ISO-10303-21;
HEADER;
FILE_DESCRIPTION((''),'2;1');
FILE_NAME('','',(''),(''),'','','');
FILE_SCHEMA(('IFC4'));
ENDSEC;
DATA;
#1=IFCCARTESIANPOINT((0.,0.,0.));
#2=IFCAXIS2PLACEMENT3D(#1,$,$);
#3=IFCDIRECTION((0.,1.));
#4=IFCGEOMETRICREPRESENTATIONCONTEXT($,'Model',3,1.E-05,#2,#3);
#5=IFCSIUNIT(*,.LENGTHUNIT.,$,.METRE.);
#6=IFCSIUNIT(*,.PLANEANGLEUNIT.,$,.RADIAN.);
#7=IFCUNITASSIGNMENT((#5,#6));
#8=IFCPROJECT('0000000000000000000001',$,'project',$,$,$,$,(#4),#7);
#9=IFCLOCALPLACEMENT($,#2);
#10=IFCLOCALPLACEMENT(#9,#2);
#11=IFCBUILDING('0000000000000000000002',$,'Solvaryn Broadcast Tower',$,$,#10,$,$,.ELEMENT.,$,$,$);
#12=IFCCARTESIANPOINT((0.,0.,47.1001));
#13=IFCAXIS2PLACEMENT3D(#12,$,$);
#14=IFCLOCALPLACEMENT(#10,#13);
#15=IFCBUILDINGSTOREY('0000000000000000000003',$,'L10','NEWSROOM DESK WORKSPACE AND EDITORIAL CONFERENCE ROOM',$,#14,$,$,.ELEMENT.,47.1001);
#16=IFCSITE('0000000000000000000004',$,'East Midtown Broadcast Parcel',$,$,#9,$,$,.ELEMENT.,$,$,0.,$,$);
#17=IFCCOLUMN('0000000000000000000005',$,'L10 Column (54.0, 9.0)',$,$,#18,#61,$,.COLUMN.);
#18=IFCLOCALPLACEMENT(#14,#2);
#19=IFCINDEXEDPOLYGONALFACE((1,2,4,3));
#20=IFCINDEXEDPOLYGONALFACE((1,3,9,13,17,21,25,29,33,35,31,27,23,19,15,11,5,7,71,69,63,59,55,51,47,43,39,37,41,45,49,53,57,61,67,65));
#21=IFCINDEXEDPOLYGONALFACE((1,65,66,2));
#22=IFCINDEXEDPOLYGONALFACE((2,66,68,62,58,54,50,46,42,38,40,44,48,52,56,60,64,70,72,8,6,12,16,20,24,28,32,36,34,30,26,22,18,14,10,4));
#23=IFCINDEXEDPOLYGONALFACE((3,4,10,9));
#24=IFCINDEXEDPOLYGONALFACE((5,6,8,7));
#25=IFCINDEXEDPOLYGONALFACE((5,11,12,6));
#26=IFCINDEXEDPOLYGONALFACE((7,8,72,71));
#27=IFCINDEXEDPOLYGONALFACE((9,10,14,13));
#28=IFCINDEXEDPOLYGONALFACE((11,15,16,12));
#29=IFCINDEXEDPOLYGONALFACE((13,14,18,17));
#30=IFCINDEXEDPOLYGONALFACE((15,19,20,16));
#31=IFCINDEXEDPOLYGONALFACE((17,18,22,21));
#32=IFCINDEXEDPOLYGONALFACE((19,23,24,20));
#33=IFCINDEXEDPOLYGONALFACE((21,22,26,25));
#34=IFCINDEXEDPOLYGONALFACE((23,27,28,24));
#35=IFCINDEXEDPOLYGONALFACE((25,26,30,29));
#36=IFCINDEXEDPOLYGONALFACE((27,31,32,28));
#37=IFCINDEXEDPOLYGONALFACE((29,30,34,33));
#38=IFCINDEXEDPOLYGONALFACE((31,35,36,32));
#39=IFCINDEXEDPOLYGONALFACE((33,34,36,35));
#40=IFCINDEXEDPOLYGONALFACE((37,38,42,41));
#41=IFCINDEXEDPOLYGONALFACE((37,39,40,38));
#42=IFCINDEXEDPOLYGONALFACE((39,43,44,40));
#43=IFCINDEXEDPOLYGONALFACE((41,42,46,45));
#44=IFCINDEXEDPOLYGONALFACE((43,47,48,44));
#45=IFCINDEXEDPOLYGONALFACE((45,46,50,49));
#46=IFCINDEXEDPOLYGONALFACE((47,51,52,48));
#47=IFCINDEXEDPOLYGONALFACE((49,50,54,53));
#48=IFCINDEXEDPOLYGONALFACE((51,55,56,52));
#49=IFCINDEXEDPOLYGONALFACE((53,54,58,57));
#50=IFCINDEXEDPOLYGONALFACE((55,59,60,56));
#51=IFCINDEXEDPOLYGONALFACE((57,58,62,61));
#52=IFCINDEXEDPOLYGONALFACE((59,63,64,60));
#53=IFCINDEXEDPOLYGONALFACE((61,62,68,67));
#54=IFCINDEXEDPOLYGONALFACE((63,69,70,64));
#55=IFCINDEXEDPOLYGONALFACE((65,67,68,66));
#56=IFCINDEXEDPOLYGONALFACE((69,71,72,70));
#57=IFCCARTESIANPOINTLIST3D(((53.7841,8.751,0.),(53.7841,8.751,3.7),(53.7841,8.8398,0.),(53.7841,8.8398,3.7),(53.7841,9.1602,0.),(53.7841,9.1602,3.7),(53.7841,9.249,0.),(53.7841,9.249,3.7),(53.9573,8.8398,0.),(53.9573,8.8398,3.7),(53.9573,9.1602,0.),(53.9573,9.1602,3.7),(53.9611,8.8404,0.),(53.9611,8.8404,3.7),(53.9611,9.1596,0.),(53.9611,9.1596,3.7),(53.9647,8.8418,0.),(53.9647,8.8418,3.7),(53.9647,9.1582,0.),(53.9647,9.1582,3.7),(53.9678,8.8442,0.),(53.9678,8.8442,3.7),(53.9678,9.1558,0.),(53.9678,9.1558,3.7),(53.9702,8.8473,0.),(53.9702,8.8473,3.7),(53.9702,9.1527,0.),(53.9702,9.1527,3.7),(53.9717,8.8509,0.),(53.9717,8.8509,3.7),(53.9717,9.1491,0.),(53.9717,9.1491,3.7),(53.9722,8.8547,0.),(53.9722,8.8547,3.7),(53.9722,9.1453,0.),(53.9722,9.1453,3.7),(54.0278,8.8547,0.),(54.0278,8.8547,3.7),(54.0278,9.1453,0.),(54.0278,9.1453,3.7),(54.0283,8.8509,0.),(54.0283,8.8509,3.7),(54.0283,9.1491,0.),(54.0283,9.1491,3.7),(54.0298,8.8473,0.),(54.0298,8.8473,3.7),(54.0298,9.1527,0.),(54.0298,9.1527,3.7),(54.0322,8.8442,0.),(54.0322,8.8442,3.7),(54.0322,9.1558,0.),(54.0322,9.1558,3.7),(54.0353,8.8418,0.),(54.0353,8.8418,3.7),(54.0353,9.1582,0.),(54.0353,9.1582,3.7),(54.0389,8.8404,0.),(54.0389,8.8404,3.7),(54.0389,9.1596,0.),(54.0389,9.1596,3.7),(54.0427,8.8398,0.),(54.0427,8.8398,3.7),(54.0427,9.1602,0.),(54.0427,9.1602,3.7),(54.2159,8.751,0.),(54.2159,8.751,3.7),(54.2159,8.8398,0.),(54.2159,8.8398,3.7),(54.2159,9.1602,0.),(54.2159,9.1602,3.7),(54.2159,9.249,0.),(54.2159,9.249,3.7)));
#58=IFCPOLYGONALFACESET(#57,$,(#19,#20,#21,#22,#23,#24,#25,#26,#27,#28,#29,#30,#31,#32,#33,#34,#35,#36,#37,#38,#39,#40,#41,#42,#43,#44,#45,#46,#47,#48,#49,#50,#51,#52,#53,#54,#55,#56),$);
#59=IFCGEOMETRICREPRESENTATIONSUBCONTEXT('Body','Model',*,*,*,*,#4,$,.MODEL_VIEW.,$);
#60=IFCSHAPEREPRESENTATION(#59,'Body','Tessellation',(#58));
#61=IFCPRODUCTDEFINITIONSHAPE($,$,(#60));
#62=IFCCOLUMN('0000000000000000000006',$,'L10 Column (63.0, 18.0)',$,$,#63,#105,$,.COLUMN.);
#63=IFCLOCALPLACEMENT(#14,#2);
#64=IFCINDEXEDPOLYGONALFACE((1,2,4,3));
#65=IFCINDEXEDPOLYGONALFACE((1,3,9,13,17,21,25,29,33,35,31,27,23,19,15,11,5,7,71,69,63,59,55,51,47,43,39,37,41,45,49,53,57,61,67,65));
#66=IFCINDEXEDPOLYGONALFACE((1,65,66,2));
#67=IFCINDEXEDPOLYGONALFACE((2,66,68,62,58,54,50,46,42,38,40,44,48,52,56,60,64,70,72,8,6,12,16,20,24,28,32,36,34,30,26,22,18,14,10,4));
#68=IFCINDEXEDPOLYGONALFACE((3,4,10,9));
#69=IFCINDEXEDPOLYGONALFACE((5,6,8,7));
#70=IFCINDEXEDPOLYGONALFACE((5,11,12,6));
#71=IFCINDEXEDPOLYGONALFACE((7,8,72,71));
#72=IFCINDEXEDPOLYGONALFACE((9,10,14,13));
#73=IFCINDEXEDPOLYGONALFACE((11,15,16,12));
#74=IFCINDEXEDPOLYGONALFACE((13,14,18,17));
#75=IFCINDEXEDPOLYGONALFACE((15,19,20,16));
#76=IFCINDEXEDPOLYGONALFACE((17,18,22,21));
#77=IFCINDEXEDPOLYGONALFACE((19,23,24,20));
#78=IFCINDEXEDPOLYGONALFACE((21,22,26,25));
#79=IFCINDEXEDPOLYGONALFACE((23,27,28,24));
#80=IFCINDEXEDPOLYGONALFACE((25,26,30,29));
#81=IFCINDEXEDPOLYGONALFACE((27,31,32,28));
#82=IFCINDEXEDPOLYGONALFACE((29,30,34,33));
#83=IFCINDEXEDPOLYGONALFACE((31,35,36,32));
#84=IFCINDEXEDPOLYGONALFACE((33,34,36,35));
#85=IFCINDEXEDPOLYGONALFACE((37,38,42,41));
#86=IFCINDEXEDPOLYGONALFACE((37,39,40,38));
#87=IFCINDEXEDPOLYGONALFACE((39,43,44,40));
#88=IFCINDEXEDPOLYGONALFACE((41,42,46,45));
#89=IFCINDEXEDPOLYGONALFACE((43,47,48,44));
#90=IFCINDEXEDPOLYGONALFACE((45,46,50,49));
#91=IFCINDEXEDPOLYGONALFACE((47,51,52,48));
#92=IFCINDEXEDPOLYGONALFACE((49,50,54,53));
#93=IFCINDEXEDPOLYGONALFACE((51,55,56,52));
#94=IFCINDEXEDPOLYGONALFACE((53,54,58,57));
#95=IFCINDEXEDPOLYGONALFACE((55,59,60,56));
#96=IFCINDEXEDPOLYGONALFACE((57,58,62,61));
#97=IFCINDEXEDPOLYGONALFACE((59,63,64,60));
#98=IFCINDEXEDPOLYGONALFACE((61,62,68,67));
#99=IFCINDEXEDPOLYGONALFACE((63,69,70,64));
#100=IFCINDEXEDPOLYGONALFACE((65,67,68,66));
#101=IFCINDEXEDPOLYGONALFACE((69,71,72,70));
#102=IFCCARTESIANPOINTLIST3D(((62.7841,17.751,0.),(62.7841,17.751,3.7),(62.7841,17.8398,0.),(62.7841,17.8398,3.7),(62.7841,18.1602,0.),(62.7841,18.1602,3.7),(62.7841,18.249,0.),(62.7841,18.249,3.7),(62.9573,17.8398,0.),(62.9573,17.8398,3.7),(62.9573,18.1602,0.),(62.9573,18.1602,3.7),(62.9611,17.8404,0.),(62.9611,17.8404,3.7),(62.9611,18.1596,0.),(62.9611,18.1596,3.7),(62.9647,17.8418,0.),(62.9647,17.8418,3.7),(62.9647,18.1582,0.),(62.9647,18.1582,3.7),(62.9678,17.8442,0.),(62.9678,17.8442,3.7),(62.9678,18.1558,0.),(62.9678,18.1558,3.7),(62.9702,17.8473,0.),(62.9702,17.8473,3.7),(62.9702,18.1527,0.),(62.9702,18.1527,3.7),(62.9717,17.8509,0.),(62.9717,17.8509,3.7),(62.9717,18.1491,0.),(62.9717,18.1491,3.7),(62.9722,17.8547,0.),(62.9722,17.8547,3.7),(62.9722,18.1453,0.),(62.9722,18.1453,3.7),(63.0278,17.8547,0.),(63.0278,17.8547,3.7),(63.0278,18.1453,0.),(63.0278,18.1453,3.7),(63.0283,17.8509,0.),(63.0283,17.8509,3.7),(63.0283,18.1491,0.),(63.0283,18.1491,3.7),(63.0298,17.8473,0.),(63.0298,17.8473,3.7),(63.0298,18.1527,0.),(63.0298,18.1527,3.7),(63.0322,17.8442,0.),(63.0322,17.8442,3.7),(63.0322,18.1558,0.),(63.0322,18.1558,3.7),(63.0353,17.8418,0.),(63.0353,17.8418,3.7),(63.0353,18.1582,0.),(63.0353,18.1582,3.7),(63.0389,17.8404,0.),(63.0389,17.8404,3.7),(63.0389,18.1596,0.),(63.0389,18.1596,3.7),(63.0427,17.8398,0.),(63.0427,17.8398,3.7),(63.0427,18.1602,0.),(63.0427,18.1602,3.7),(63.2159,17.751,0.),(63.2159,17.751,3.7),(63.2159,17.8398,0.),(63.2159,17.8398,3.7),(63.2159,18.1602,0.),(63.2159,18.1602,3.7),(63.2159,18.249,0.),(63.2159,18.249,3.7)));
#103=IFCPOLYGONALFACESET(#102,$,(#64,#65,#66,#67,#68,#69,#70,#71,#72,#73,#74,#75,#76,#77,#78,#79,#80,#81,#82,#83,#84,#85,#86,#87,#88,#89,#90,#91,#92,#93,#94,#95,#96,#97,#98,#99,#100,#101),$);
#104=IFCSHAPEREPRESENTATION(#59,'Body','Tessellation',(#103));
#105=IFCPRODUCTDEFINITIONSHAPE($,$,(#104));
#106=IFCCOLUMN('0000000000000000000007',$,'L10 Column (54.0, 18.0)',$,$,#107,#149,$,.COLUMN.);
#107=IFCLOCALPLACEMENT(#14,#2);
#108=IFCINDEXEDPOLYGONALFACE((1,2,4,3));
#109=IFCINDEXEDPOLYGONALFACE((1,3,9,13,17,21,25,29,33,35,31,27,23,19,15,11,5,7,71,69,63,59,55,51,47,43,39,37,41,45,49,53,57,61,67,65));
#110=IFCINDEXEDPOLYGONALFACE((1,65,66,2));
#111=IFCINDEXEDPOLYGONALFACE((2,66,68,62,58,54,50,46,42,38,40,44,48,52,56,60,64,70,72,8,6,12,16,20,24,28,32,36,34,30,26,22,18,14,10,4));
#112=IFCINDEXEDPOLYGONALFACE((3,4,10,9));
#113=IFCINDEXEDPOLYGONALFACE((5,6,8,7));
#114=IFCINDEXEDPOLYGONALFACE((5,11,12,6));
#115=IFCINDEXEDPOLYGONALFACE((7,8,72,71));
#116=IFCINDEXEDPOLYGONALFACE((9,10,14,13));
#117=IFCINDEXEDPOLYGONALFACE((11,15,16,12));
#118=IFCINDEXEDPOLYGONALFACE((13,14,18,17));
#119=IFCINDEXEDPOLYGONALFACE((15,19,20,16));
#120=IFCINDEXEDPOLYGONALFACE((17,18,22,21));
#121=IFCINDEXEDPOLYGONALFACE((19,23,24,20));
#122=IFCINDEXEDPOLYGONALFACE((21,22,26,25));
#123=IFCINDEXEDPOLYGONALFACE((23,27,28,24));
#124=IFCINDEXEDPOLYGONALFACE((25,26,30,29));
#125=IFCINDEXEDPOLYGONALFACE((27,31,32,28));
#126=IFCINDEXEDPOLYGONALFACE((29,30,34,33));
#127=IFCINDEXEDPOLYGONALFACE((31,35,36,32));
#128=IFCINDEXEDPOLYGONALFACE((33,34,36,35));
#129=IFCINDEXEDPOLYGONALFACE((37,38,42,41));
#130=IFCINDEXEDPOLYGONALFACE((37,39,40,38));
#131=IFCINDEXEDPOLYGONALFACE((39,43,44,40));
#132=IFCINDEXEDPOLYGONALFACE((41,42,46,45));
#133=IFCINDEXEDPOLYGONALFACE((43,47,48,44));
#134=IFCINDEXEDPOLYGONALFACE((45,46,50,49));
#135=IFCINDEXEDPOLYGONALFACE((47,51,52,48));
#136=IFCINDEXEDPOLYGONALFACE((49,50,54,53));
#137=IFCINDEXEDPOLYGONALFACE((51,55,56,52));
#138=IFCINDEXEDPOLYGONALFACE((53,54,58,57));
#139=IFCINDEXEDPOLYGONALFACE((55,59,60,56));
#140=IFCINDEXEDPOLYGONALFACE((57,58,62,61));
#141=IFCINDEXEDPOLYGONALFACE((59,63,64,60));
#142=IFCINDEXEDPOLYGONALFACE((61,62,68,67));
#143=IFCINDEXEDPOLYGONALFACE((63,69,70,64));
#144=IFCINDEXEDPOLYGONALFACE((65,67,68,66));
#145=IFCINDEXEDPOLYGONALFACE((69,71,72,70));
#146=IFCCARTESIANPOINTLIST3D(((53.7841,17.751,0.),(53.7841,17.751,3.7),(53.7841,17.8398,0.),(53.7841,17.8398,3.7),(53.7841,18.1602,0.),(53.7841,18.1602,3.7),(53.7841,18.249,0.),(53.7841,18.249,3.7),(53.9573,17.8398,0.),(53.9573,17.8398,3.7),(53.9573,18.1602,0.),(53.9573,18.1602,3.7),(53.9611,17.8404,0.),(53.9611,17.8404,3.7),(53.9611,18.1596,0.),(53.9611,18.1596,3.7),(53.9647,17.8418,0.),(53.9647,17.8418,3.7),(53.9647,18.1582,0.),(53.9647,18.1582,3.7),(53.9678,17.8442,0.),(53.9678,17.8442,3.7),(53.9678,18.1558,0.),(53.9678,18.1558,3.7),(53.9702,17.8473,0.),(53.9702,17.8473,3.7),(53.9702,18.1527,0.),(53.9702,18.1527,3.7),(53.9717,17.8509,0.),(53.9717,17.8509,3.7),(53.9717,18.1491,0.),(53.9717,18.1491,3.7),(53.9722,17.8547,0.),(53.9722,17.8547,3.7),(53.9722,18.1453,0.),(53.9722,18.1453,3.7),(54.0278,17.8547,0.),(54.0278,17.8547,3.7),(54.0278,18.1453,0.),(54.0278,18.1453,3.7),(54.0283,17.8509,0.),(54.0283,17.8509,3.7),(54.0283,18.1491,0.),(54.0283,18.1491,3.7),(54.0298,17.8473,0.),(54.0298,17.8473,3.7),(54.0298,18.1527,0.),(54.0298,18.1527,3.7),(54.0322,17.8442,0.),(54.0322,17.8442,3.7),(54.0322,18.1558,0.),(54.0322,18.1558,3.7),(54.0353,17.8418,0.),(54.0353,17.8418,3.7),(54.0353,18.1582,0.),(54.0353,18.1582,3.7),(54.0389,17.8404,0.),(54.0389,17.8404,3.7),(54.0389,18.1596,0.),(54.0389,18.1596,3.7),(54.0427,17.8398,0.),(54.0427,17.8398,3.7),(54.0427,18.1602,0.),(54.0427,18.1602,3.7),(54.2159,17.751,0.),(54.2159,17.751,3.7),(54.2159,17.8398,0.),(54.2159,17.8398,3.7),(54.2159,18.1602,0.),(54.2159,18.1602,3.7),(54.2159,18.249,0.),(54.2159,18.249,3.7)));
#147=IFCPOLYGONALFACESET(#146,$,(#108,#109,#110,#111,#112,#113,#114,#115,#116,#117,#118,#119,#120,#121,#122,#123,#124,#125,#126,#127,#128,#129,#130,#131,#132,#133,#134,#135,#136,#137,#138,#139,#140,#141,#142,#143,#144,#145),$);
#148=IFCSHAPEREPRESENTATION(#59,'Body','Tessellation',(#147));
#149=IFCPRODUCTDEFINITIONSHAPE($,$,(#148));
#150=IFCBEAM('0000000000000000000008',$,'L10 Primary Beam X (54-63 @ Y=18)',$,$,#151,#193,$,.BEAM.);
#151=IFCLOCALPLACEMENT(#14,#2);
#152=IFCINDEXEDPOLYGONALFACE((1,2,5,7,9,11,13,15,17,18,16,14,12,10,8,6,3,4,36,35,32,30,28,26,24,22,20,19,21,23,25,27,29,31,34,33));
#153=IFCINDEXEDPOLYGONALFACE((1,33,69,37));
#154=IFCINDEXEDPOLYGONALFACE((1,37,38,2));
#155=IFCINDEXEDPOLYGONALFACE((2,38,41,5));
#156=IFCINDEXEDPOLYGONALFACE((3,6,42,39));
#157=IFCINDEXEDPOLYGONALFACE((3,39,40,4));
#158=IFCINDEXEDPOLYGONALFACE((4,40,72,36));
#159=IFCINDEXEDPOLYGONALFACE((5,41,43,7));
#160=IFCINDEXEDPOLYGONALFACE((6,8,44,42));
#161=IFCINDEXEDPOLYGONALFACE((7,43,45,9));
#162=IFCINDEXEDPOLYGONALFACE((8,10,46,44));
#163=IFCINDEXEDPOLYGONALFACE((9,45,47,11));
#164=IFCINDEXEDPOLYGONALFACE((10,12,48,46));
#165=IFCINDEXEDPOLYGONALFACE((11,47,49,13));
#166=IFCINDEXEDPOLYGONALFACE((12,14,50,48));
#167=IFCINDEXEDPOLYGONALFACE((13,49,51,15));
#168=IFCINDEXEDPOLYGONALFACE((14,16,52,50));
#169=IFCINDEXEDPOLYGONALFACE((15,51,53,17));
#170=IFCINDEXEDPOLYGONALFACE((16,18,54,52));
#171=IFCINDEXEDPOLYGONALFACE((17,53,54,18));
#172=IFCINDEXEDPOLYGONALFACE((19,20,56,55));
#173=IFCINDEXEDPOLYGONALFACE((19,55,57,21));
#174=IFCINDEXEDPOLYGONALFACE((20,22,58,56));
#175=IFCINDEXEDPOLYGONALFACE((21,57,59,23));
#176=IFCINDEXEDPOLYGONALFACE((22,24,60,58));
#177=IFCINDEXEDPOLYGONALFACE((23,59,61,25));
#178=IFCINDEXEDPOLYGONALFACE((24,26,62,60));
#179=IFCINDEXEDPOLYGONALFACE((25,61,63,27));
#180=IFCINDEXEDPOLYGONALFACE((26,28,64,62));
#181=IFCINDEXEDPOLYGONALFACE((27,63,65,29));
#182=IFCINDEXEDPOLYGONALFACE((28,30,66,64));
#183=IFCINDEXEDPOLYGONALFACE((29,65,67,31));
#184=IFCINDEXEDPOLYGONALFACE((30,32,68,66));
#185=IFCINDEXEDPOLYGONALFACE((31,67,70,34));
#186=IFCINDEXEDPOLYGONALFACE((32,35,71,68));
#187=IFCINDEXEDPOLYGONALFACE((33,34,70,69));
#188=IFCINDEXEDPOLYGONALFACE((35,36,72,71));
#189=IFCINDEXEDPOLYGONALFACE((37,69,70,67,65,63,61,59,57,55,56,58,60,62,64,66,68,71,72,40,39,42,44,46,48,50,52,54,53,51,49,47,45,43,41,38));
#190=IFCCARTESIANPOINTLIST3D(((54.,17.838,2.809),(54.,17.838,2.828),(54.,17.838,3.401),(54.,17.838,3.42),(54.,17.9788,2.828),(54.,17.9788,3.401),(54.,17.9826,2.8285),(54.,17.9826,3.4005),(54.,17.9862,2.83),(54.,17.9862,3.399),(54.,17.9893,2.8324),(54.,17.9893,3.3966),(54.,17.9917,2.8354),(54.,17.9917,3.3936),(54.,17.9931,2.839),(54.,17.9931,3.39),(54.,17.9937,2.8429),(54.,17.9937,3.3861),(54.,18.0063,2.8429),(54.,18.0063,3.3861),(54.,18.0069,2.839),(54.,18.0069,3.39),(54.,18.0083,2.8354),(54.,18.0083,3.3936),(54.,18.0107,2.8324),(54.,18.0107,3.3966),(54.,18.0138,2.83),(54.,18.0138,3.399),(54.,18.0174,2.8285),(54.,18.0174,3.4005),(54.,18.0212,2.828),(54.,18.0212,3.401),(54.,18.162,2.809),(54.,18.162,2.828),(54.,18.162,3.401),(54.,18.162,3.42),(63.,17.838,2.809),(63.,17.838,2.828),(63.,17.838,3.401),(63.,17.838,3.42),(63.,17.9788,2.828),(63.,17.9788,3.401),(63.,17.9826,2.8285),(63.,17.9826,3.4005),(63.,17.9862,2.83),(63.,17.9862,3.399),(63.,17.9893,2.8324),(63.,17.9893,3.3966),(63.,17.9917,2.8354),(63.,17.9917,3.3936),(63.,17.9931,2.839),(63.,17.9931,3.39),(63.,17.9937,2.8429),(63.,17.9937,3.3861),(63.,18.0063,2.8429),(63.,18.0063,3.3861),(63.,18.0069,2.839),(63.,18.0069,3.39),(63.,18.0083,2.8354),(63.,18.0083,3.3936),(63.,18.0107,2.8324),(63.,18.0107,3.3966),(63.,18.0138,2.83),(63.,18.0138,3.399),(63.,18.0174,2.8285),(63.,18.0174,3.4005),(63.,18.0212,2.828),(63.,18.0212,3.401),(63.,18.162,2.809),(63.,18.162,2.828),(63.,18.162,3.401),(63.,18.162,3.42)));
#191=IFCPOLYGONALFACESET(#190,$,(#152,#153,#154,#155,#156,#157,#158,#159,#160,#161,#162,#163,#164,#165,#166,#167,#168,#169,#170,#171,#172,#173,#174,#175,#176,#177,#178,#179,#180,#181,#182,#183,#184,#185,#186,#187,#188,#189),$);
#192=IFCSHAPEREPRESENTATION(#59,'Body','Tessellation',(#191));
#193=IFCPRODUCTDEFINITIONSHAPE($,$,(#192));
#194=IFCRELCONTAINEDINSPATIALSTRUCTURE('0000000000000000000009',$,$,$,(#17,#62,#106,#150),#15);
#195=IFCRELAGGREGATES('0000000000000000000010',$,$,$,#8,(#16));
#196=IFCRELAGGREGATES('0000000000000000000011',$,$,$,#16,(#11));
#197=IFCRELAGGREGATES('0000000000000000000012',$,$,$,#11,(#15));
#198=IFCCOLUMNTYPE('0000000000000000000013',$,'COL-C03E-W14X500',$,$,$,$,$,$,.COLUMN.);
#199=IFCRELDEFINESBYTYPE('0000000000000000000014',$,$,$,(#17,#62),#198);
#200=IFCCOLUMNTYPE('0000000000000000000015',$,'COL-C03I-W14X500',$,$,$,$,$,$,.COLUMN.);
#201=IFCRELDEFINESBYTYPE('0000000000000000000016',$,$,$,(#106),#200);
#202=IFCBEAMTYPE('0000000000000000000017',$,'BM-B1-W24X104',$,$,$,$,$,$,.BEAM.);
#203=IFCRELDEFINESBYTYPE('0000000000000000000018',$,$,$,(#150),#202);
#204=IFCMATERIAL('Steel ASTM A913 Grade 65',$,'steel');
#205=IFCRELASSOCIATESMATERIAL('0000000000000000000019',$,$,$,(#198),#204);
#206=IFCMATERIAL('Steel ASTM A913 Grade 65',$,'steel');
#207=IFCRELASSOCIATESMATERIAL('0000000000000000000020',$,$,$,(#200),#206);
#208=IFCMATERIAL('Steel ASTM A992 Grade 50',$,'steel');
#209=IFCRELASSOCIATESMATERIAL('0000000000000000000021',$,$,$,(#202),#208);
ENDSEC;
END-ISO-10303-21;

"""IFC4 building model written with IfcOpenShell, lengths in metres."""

from ifc_helpers import new_model, si_unit, direction, frame, origin, origin_2d, place, context, subcontext, project, spatial, i_section, extrude, material, material_profile, profile_set, type_object, element, save


model = new_model("IFC4")

# Units and contexts
model_context = context("Model", 3, precision=1e-05, world=origin(), true_north=direction((0.0, 1.0)))
body_context = subcontext(model_context, "Body", "Model", "MODEL_VIEW")
ifc_project = project(units=[si_unit("LENGTHUNIT", "METRE"), si_unit("PLANEANGLEUNIT", "RADIAN")], contexts=[model_context])

# Site, building, storey
site_placement = place(None, origin())
site = spatial("IfcSite", under=ifc_project, at=site_placement, Name="East Midtown Broadcast Parcel", CompositionType="ELEMENT", RefElevation=0.0)
building_placement = place(site_placement, origin())
building = spatial("IfcBuilding", under=site, at=building_placement, Name="Solvaryn Broadcast Tower", CompositionType="ELEMENT")
storey_placement = place(building_placement, frame((0.0, 0.0, 47.1001)))
storey = spatial("IfcBuildingStorey", under=building, at=storey_placement, Name="L10", Description="NEWSROOM DESK WORKSPACE AND EDITORIAL CONFERENCE ROOM", CompositionType="ELEMENT", Elevation=47.1001)

# Columns
ifc_material_1 = material(Name="Steel ASTM A913 Grade 65", Category="steel")
ifc_material_profile_1 = material_profile(ifc_material_1, i_section(OverallWidth=0.4319, OverallDepth=0.498, WebThickness=0.0557, FlangeThickness=0.0889, FilletRadius=0.0149, at=origin_2d()))
ifc_profile_set_1 = profile_set([ifc_material_profile_1], Name="Steel ASTM A913 Grade 65")
column_type_1 = type_object("IfcColumnType", Name="COL-C03E-W14X500", PredefinedType="COLUMN", material=ifc_profile_set_1)
for number, where, z_axis, x_axis, name in (
    (1, (54.0, 9.0, 0.0), (0.0, 0.0, 1.0), (1.0, 0.0, 0.0), "L10 Column (54.0, 9.0)"),
    (2, (63.0, 18.0, 0.0), (0.0, 0.0, 1.0), (1.0, 0.0, 0.0), "L10 Column (63.0, 18.0)"),
):
    element("IfcColumn", number, at=place(storey_placement, frame(where, z_axis=z_axis, x_axis=x_axis)), inside=storey, type_object=column_type_1, Name=name, PredefinedType="COLUMN", context=body_context, shape_type="SweptSolid", body=[
        extrude(i_section(OverallWidth=0.4319, OverallDepth=0.498, WebThickness=0.0557, FlangeThickness=0.0889, FilletRadius=0.0149, at=origin_2d()), origin(), (0.0, 0.0, 1.0), 3.7),
    ])
ifc_material_2 = material(Name="Steel ASTM A913 Grade 65", Category="steel")
ifc_material_profile_2 = material_profile(ifc_material_2, i_section(OverallWidth=0.4319, OverallDepth=0.498, WebThickness=0.0557, FlangeThickness=0.0889, FilletRadius=0.0149, at=origin_2d()))
ifc_profile_set_2 = profile_set([ifc_material_profile_2], Name="Steel ASTM A913 Grade 65")
column_type_2 = type_object("IfcColumnType", Name="COL-C03I-W14X500", PredefinedType="COLUMN", material=ifc_profile_set_2)
column_placement = place(storey_placement, frame((54.0, 18.0, 0.0), z_axis=(0.0, 0.0, 1.0), x_axis=(1.0, 0.0, 0.0)))
element("IfcColumn", 3, at=column_placement, inside=storey, type_object=column_type_2, Name="L10 Column (54.0, 18.0)", PredefinedType="COLUMN", context=body_context, shape_type="SweptSolid", body=[
    extrude(i_section(OverallWidth=0.4319, OverallDepth=0.498, WebThickness=0.0557, FlangeThickness=0.0889, FilletRadius=0.0149, at=origin_2d()), origin(), (0.0, 0.0, 1.0), 3.7),
])

# Beam
ifc_material_3 = material(Name="Steel ASTM A992 Grade 50", Category="steel")
ifc_material_profile_3 = material_profile(ifc_material_3, i_section(OverallWidth=0.324, OverallDepth=0.6111, WebThickness=0.0127, FlangeThickness=0.019, FilletRadius=0.0149, at=origin_2d()))
ifc_profile_set_3 = profile_set([ifc_material_profile_3], Name="Steel ASTM A992 Grade 50")
beam_type = type_object("IfcBeamType", Name="BM-B1-W24X104", PredefinedType="BEAM", material=ifc_profile_set_3)
beam_placement = place(storey_placement, frame((54.0, 18.0, 3.1145), z_axis=(1.0, 0.0, 0.0), x_axis=(0.0, 1.0, 0.0)))
element("IfcBeam", 4, at=beam_placement, inside=storey, type_object=beam_type, Name="L10 Primary Beam X (54-63 @ Y=18)", PredefinedType="BEAM", context=body_context, shape_type="SweptSolid", body=[
    extrude(i_section(OverallWidth=0.324, OverallDepth=0.6111, WebThickness=0.0127, FlangeThickness=0.019, FilletRadius=0.0149, at=origin_2d()), origin(), (0.0, 0.0, 1.0), 9.0),
])

save(model, "model.ifc")
